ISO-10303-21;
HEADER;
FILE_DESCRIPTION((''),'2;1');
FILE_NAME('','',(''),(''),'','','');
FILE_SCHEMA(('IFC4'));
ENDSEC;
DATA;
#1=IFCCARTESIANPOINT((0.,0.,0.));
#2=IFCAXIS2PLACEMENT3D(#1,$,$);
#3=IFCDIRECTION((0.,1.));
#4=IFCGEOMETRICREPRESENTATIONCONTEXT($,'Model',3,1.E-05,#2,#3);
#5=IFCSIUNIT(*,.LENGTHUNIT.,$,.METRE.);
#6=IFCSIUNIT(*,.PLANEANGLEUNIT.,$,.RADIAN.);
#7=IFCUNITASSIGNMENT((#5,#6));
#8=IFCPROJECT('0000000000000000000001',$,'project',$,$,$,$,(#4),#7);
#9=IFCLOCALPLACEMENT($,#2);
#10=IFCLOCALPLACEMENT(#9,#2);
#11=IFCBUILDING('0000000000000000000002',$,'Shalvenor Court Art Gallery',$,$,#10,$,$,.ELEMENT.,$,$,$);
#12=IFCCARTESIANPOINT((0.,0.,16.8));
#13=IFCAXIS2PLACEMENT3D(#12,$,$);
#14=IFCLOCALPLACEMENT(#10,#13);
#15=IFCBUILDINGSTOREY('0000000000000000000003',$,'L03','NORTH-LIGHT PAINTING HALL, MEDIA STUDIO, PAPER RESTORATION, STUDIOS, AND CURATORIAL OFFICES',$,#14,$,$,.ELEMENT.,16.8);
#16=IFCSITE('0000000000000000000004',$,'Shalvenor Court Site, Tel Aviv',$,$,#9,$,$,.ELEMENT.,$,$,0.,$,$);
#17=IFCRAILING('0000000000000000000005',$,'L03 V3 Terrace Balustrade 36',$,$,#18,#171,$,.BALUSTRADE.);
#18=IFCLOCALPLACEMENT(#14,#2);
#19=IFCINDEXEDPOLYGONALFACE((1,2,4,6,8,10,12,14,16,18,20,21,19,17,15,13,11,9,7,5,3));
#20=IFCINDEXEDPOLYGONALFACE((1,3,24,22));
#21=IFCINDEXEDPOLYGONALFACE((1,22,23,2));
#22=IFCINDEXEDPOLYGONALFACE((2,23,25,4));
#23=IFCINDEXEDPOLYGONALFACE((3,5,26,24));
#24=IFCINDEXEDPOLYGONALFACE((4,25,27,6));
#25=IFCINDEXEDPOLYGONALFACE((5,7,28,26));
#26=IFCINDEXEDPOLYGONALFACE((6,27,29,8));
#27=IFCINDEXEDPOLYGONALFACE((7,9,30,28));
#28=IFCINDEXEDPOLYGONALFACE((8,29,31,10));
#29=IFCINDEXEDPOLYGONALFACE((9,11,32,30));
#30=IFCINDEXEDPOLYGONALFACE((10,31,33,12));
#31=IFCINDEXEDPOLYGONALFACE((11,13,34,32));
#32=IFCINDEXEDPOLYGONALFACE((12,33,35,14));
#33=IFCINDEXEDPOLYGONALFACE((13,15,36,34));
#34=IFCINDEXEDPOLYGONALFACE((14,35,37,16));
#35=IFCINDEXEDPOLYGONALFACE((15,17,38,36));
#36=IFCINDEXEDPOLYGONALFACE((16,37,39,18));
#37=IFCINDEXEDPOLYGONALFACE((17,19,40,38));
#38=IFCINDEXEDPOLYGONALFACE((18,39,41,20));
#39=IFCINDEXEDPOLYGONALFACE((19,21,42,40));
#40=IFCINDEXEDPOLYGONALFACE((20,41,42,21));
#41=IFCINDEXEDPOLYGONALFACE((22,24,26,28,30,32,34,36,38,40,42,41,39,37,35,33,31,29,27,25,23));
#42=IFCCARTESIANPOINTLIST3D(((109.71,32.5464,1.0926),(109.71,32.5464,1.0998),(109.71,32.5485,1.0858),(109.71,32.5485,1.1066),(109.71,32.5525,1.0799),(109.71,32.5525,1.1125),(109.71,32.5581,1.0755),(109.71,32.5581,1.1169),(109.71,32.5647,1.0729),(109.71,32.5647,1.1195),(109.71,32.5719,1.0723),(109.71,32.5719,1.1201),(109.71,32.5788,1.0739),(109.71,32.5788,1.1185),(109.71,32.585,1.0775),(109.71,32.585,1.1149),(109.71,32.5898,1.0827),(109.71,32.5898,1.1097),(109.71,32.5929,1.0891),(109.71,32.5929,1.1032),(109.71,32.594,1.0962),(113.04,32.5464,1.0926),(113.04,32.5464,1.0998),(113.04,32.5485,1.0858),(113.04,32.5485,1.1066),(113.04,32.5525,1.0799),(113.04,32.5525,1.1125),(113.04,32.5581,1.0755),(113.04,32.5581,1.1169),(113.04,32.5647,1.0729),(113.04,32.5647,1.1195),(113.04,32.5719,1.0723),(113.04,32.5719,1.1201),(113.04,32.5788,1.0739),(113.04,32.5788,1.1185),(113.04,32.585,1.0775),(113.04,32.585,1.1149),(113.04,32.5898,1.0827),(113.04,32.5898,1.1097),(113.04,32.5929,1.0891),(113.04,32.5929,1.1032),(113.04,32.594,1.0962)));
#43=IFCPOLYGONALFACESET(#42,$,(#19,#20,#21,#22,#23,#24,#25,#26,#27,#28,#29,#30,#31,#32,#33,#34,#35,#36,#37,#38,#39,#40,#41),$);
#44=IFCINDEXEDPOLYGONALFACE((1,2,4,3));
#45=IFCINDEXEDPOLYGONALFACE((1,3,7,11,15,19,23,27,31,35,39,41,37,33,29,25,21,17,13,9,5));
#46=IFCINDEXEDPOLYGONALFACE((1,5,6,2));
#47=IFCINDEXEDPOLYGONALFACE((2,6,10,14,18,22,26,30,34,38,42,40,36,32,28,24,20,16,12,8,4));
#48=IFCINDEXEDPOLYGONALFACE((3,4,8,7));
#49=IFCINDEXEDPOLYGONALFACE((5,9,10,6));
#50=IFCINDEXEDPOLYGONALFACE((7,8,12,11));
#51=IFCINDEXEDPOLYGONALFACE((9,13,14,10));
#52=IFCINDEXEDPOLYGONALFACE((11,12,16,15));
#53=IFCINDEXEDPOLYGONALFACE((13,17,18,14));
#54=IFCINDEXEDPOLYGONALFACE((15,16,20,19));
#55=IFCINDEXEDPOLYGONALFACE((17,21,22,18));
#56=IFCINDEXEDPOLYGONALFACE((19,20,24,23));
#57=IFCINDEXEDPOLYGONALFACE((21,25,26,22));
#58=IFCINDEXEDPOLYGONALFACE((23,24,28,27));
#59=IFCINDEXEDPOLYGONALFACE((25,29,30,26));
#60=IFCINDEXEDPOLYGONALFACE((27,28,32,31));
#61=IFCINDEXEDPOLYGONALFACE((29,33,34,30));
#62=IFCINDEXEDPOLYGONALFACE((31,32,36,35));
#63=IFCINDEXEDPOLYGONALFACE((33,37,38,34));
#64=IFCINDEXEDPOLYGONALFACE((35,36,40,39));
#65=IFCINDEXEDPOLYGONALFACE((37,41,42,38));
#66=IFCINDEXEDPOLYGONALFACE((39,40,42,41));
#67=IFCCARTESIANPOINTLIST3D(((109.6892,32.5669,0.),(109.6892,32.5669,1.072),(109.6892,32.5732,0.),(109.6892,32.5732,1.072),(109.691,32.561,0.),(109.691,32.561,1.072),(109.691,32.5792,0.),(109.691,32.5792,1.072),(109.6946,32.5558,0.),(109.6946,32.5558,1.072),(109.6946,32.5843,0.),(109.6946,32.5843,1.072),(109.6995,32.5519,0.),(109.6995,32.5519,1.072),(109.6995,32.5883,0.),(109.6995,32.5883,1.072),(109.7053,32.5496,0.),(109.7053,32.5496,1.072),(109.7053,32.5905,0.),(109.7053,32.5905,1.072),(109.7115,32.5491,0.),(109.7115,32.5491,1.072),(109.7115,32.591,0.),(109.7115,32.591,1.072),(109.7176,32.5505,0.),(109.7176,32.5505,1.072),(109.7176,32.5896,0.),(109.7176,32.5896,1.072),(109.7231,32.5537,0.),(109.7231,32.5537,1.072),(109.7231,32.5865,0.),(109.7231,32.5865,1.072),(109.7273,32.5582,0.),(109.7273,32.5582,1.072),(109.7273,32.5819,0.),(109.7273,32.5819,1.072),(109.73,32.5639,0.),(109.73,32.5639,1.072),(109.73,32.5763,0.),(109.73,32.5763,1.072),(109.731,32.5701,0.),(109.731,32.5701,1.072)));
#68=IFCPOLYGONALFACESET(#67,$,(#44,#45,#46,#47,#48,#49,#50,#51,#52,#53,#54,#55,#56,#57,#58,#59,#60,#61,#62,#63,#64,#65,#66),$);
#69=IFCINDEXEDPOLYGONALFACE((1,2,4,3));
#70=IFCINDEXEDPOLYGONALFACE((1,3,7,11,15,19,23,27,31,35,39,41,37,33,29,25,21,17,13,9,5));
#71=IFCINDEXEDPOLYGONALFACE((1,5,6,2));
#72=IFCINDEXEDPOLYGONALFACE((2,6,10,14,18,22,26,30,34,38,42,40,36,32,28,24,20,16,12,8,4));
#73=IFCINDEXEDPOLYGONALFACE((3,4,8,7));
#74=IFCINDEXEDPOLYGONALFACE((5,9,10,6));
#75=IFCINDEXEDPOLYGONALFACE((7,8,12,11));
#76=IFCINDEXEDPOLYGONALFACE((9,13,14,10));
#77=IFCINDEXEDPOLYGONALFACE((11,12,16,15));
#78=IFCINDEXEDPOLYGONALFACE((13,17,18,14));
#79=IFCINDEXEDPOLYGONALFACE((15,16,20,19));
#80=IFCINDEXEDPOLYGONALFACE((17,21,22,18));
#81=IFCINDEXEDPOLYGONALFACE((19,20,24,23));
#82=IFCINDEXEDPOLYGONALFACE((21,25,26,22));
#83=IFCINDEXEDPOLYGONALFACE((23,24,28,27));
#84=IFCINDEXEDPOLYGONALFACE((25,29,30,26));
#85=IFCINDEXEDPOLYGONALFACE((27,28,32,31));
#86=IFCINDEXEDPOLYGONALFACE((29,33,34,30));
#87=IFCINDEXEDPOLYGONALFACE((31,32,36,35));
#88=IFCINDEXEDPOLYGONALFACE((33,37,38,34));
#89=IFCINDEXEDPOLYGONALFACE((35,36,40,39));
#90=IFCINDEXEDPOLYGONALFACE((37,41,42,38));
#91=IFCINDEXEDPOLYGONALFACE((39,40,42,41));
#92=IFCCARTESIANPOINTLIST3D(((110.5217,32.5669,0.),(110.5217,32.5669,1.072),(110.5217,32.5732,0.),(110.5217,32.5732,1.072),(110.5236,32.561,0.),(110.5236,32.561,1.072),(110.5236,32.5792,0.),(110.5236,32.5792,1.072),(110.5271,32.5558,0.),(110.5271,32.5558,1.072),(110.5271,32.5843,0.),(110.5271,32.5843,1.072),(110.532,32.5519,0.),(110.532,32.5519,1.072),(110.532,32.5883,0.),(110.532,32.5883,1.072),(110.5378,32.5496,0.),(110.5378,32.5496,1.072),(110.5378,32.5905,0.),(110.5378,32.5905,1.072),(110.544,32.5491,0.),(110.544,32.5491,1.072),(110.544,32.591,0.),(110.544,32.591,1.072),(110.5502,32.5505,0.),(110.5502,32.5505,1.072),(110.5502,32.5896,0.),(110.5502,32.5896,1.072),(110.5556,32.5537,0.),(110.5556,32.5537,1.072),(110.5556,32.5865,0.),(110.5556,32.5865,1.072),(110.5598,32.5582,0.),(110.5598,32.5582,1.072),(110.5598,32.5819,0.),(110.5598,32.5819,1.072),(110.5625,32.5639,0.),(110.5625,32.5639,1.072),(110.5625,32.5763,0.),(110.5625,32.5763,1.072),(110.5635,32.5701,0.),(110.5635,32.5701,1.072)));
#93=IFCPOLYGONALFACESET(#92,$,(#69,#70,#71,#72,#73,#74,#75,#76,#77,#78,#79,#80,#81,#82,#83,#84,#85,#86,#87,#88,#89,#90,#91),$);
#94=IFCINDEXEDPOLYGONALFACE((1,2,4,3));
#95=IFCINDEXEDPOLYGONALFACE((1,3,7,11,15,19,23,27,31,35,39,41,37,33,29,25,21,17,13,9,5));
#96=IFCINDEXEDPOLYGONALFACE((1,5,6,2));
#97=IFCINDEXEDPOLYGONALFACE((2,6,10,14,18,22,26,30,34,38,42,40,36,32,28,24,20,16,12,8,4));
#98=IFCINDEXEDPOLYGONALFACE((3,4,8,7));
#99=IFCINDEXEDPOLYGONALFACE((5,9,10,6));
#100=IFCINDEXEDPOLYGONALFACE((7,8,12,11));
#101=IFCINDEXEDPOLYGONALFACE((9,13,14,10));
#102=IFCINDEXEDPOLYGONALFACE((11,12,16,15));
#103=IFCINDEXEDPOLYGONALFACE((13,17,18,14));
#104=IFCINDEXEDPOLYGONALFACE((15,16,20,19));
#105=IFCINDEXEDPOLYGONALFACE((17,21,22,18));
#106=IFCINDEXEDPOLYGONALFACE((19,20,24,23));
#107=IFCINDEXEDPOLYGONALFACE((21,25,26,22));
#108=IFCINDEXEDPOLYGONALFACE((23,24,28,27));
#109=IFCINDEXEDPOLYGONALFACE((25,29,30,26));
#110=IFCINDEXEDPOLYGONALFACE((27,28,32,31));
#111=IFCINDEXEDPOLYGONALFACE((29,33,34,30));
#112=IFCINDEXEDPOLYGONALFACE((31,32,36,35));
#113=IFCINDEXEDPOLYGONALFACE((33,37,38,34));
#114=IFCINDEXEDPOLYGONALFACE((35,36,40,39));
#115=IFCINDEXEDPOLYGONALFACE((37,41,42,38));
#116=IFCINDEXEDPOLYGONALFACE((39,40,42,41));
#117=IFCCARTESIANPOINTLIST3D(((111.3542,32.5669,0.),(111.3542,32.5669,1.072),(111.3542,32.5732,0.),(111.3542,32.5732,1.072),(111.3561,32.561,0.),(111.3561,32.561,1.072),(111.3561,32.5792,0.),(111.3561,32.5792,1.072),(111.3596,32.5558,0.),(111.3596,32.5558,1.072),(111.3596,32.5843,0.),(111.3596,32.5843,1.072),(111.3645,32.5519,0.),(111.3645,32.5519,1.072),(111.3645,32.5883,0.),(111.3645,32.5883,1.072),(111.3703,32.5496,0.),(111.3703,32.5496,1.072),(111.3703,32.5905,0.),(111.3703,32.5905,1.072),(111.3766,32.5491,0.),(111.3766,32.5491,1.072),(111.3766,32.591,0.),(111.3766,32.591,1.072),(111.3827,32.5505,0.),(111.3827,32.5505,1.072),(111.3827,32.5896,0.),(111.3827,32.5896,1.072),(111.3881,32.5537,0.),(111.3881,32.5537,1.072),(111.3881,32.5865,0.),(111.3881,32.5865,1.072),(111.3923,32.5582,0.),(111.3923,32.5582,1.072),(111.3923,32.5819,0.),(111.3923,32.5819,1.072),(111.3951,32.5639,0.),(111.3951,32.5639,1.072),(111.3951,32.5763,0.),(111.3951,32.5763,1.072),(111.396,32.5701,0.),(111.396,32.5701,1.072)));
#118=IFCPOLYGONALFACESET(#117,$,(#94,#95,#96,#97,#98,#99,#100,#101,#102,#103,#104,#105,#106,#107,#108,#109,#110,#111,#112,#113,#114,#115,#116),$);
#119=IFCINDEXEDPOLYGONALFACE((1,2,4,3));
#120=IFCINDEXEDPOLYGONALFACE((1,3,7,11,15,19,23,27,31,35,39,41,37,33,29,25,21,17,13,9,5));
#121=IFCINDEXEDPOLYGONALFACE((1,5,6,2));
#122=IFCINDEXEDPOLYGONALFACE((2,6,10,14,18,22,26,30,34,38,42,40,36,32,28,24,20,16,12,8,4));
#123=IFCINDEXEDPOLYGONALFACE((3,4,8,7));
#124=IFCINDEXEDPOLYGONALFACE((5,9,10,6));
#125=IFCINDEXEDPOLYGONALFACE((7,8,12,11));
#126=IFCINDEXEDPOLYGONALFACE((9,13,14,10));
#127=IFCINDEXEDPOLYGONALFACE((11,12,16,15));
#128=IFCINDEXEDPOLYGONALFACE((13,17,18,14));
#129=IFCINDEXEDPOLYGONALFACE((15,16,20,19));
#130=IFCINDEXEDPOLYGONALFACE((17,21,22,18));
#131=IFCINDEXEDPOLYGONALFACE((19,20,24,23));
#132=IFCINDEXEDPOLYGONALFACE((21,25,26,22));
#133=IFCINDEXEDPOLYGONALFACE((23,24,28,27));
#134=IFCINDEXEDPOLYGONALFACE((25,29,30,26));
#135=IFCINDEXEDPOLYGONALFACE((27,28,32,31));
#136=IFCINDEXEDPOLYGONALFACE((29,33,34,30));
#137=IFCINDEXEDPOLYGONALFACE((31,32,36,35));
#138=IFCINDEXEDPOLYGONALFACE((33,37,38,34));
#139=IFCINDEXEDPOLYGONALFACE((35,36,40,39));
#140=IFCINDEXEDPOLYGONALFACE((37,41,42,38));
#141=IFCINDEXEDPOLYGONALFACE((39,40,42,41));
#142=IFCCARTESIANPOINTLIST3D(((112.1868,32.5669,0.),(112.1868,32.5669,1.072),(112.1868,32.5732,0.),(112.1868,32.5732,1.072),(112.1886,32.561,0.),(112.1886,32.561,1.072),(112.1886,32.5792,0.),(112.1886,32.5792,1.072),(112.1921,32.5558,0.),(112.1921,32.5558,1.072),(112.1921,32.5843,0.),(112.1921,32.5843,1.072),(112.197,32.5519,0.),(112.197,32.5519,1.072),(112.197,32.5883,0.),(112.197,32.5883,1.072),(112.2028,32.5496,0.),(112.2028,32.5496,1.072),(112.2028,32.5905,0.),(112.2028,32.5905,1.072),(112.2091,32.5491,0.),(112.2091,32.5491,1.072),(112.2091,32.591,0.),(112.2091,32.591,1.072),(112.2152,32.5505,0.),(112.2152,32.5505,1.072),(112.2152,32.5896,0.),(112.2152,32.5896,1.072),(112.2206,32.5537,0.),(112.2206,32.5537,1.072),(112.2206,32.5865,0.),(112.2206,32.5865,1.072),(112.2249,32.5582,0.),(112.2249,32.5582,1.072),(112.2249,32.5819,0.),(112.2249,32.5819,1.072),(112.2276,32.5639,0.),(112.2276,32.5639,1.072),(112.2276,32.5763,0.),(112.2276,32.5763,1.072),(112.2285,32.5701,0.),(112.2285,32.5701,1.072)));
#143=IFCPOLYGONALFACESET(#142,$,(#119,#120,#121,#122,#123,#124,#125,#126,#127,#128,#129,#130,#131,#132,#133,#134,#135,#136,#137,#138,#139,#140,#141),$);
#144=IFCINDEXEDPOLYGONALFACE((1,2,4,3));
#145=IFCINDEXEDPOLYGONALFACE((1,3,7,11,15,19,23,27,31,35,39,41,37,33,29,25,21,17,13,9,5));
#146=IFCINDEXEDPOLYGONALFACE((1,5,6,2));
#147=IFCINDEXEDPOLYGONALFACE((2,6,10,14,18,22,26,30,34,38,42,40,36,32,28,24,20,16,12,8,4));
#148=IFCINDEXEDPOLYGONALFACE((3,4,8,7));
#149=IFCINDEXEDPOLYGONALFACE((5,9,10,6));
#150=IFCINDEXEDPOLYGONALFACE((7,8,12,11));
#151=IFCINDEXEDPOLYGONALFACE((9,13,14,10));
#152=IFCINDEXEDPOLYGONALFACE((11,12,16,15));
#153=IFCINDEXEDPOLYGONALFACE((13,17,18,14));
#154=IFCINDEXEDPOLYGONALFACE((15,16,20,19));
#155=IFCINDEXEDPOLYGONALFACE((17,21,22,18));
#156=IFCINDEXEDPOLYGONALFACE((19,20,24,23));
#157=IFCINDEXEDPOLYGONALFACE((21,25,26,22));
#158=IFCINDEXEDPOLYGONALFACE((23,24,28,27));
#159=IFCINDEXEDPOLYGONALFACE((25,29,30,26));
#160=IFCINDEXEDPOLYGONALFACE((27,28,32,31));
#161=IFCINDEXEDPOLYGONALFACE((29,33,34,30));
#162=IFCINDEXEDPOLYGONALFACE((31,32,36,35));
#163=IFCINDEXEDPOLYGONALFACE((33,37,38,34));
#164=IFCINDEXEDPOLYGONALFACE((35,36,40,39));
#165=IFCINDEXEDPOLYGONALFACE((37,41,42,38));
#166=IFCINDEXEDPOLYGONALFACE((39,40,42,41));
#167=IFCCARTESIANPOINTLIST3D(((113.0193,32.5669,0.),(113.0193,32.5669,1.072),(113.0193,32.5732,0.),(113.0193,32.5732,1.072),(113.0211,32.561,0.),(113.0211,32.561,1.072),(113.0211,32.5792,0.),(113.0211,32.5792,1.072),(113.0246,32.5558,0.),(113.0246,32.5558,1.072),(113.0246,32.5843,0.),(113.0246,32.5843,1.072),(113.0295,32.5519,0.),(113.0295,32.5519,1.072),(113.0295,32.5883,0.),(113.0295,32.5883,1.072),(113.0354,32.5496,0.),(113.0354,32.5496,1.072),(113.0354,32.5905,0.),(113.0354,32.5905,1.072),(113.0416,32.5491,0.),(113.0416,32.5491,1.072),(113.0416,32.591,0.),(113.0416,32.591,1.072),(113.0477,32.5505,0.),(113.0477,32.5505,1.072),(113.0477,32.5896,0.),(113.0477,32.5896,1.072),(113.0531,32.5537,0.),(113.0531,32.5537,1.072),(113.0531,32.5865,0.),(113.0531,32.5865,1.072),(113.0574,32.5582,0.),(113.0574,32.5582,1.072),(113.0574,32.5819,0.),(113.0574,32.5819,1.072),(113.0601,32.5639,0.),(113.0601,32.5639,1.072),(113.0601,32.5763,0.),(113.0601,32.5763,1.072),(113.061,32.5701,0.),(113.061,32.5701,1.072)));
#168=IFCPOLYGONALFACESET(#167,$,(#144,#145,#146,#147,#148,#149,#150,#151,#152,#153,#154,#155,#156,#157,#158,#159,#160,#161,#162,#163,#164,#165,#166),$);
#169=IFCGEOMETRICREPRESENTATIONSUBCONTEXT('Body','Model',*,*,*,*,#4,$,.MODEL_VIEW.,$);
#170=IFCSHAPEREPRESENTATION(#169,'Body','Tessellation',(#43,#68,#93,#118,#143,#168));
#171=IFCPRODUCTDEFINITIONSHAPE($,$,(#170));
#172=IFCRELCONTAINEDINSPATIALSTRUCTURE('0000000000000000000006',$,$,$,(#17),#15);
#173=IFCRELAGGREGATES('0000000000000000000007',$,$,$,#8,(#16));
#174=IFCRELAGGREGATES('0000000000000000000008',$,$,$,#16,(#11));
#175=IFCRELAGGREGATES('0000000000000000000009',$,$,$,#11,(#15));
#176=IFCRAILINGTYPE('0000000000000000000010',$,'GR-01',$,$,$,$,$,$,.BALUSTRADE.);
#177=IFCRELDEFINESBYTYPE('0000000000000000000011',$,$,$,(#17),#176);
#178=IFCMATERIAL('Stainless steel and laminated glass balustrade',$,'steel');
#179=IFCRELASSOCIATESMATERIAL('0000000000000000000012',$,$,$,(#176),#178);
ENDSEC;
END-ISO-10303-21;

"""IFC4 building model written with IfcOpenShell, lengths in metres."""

from ifc_helpers import new_model, si_unit, direction, frame, origin, origin_2d, place, context, subcontext, project, spatial, circle, extrude, material, type_object, element, save


model = new_model("IFC4")

# Units and contexts
model_context = context("Model", 3, precision=1e-05, world=origin(), true_north=direction((0.0, 1.0)))
body_context = subcontext(model_context, "Body", "Model", "MODEL_VIEW")
ifc_project = project(units=[si_unit("LENGTHUNIT", "METRE"), si_unit("PLANEANGLEUNIT", "RADIAN")], contexts=[model_context])

# Site, building, storey
site_placement = place(None, origin())
site = spatial("IfcSite", under=ifc_project, at=site_placement, Name="Shalvenor Court Site, Tel Aviv", CompositionType="ELEMENT", RefElevation=0.0)
building_placement = place(site_placement, origin())
building = spatial("IfcBuilding", under=site, at=building_placement, Name="Shalvenor Court Art Gallery", CompositionType="ELEMENT")
storey_placement = place(building_placement, frame((0.0, 0.0, 16.8)))
storey = spatial("IfcBuildingStorey", under=building, at=storey_placement, Name="L03", Description="NORTH-LIGHT PAINTING HALL, MEDIA STUDIO, PAPER RESTORATION, STUDIOS, AND CURATORIAL OFFICES", CompositionType="ELEMENT", Elevation=16.8)

# Railing
ifc_material_1 = material(Name="Stainless steel and laminated glass balustrade", Category="steel")
railing_type = type_object("IfcRailingType", Name="GR-01", PredefinedType="BALUSTRADE", material=ifc_material_1)
railing_1_placement = place(storey_placement, frame((109.71, 32.5701, 0.0)))
element("IfcRailing", 1, at=railing_1_placement, inside=storey, type_object=railing_type, Name="L03 V3 Terrace Balustrade 36", PredefinedType="BALUSTRADE", context=body_context, shape_type="SweptSolid", body=[
    extrude(circle(Radius=0.0239, at=origin_2d()), frame((0.0, 0.0, 1.0962), z_axis=(1.0, 0.0, 0.0), x_axis=(0.0, 1.0, 0.0)), (0.0, 0.0, 1.0), 3.3301),
    extrude(circle(Radius=0.021, at=origin_2d()), origin(), (0.0, 0.0, 1.0), 1.072),
    extrude(circle(Radius=0.021, at=origin_2d()), frame((0.8325, 0.0, 0.0)), (0.0, 0.0, 1.0), 1.072),
    extrude(circle(Radius=0.021, at=origin_2d()), frame((1.665, 0.0, 0.0)), (0.0, 0.0, 1.0), 1.072),
    extrude(circle(Radius=0.021, at=origin_2d()), frame((2.4976, 0.0, 0.0)), (0.0, 0.0, 1.0), 1.072),
    extrude(circle(Radius=0.021, at=origin_2d()), frame((3.3301, 0.0, 0.0)), (0.0, 0.0, 1.0), 1.072),
])

save(model, "model.ifc")
